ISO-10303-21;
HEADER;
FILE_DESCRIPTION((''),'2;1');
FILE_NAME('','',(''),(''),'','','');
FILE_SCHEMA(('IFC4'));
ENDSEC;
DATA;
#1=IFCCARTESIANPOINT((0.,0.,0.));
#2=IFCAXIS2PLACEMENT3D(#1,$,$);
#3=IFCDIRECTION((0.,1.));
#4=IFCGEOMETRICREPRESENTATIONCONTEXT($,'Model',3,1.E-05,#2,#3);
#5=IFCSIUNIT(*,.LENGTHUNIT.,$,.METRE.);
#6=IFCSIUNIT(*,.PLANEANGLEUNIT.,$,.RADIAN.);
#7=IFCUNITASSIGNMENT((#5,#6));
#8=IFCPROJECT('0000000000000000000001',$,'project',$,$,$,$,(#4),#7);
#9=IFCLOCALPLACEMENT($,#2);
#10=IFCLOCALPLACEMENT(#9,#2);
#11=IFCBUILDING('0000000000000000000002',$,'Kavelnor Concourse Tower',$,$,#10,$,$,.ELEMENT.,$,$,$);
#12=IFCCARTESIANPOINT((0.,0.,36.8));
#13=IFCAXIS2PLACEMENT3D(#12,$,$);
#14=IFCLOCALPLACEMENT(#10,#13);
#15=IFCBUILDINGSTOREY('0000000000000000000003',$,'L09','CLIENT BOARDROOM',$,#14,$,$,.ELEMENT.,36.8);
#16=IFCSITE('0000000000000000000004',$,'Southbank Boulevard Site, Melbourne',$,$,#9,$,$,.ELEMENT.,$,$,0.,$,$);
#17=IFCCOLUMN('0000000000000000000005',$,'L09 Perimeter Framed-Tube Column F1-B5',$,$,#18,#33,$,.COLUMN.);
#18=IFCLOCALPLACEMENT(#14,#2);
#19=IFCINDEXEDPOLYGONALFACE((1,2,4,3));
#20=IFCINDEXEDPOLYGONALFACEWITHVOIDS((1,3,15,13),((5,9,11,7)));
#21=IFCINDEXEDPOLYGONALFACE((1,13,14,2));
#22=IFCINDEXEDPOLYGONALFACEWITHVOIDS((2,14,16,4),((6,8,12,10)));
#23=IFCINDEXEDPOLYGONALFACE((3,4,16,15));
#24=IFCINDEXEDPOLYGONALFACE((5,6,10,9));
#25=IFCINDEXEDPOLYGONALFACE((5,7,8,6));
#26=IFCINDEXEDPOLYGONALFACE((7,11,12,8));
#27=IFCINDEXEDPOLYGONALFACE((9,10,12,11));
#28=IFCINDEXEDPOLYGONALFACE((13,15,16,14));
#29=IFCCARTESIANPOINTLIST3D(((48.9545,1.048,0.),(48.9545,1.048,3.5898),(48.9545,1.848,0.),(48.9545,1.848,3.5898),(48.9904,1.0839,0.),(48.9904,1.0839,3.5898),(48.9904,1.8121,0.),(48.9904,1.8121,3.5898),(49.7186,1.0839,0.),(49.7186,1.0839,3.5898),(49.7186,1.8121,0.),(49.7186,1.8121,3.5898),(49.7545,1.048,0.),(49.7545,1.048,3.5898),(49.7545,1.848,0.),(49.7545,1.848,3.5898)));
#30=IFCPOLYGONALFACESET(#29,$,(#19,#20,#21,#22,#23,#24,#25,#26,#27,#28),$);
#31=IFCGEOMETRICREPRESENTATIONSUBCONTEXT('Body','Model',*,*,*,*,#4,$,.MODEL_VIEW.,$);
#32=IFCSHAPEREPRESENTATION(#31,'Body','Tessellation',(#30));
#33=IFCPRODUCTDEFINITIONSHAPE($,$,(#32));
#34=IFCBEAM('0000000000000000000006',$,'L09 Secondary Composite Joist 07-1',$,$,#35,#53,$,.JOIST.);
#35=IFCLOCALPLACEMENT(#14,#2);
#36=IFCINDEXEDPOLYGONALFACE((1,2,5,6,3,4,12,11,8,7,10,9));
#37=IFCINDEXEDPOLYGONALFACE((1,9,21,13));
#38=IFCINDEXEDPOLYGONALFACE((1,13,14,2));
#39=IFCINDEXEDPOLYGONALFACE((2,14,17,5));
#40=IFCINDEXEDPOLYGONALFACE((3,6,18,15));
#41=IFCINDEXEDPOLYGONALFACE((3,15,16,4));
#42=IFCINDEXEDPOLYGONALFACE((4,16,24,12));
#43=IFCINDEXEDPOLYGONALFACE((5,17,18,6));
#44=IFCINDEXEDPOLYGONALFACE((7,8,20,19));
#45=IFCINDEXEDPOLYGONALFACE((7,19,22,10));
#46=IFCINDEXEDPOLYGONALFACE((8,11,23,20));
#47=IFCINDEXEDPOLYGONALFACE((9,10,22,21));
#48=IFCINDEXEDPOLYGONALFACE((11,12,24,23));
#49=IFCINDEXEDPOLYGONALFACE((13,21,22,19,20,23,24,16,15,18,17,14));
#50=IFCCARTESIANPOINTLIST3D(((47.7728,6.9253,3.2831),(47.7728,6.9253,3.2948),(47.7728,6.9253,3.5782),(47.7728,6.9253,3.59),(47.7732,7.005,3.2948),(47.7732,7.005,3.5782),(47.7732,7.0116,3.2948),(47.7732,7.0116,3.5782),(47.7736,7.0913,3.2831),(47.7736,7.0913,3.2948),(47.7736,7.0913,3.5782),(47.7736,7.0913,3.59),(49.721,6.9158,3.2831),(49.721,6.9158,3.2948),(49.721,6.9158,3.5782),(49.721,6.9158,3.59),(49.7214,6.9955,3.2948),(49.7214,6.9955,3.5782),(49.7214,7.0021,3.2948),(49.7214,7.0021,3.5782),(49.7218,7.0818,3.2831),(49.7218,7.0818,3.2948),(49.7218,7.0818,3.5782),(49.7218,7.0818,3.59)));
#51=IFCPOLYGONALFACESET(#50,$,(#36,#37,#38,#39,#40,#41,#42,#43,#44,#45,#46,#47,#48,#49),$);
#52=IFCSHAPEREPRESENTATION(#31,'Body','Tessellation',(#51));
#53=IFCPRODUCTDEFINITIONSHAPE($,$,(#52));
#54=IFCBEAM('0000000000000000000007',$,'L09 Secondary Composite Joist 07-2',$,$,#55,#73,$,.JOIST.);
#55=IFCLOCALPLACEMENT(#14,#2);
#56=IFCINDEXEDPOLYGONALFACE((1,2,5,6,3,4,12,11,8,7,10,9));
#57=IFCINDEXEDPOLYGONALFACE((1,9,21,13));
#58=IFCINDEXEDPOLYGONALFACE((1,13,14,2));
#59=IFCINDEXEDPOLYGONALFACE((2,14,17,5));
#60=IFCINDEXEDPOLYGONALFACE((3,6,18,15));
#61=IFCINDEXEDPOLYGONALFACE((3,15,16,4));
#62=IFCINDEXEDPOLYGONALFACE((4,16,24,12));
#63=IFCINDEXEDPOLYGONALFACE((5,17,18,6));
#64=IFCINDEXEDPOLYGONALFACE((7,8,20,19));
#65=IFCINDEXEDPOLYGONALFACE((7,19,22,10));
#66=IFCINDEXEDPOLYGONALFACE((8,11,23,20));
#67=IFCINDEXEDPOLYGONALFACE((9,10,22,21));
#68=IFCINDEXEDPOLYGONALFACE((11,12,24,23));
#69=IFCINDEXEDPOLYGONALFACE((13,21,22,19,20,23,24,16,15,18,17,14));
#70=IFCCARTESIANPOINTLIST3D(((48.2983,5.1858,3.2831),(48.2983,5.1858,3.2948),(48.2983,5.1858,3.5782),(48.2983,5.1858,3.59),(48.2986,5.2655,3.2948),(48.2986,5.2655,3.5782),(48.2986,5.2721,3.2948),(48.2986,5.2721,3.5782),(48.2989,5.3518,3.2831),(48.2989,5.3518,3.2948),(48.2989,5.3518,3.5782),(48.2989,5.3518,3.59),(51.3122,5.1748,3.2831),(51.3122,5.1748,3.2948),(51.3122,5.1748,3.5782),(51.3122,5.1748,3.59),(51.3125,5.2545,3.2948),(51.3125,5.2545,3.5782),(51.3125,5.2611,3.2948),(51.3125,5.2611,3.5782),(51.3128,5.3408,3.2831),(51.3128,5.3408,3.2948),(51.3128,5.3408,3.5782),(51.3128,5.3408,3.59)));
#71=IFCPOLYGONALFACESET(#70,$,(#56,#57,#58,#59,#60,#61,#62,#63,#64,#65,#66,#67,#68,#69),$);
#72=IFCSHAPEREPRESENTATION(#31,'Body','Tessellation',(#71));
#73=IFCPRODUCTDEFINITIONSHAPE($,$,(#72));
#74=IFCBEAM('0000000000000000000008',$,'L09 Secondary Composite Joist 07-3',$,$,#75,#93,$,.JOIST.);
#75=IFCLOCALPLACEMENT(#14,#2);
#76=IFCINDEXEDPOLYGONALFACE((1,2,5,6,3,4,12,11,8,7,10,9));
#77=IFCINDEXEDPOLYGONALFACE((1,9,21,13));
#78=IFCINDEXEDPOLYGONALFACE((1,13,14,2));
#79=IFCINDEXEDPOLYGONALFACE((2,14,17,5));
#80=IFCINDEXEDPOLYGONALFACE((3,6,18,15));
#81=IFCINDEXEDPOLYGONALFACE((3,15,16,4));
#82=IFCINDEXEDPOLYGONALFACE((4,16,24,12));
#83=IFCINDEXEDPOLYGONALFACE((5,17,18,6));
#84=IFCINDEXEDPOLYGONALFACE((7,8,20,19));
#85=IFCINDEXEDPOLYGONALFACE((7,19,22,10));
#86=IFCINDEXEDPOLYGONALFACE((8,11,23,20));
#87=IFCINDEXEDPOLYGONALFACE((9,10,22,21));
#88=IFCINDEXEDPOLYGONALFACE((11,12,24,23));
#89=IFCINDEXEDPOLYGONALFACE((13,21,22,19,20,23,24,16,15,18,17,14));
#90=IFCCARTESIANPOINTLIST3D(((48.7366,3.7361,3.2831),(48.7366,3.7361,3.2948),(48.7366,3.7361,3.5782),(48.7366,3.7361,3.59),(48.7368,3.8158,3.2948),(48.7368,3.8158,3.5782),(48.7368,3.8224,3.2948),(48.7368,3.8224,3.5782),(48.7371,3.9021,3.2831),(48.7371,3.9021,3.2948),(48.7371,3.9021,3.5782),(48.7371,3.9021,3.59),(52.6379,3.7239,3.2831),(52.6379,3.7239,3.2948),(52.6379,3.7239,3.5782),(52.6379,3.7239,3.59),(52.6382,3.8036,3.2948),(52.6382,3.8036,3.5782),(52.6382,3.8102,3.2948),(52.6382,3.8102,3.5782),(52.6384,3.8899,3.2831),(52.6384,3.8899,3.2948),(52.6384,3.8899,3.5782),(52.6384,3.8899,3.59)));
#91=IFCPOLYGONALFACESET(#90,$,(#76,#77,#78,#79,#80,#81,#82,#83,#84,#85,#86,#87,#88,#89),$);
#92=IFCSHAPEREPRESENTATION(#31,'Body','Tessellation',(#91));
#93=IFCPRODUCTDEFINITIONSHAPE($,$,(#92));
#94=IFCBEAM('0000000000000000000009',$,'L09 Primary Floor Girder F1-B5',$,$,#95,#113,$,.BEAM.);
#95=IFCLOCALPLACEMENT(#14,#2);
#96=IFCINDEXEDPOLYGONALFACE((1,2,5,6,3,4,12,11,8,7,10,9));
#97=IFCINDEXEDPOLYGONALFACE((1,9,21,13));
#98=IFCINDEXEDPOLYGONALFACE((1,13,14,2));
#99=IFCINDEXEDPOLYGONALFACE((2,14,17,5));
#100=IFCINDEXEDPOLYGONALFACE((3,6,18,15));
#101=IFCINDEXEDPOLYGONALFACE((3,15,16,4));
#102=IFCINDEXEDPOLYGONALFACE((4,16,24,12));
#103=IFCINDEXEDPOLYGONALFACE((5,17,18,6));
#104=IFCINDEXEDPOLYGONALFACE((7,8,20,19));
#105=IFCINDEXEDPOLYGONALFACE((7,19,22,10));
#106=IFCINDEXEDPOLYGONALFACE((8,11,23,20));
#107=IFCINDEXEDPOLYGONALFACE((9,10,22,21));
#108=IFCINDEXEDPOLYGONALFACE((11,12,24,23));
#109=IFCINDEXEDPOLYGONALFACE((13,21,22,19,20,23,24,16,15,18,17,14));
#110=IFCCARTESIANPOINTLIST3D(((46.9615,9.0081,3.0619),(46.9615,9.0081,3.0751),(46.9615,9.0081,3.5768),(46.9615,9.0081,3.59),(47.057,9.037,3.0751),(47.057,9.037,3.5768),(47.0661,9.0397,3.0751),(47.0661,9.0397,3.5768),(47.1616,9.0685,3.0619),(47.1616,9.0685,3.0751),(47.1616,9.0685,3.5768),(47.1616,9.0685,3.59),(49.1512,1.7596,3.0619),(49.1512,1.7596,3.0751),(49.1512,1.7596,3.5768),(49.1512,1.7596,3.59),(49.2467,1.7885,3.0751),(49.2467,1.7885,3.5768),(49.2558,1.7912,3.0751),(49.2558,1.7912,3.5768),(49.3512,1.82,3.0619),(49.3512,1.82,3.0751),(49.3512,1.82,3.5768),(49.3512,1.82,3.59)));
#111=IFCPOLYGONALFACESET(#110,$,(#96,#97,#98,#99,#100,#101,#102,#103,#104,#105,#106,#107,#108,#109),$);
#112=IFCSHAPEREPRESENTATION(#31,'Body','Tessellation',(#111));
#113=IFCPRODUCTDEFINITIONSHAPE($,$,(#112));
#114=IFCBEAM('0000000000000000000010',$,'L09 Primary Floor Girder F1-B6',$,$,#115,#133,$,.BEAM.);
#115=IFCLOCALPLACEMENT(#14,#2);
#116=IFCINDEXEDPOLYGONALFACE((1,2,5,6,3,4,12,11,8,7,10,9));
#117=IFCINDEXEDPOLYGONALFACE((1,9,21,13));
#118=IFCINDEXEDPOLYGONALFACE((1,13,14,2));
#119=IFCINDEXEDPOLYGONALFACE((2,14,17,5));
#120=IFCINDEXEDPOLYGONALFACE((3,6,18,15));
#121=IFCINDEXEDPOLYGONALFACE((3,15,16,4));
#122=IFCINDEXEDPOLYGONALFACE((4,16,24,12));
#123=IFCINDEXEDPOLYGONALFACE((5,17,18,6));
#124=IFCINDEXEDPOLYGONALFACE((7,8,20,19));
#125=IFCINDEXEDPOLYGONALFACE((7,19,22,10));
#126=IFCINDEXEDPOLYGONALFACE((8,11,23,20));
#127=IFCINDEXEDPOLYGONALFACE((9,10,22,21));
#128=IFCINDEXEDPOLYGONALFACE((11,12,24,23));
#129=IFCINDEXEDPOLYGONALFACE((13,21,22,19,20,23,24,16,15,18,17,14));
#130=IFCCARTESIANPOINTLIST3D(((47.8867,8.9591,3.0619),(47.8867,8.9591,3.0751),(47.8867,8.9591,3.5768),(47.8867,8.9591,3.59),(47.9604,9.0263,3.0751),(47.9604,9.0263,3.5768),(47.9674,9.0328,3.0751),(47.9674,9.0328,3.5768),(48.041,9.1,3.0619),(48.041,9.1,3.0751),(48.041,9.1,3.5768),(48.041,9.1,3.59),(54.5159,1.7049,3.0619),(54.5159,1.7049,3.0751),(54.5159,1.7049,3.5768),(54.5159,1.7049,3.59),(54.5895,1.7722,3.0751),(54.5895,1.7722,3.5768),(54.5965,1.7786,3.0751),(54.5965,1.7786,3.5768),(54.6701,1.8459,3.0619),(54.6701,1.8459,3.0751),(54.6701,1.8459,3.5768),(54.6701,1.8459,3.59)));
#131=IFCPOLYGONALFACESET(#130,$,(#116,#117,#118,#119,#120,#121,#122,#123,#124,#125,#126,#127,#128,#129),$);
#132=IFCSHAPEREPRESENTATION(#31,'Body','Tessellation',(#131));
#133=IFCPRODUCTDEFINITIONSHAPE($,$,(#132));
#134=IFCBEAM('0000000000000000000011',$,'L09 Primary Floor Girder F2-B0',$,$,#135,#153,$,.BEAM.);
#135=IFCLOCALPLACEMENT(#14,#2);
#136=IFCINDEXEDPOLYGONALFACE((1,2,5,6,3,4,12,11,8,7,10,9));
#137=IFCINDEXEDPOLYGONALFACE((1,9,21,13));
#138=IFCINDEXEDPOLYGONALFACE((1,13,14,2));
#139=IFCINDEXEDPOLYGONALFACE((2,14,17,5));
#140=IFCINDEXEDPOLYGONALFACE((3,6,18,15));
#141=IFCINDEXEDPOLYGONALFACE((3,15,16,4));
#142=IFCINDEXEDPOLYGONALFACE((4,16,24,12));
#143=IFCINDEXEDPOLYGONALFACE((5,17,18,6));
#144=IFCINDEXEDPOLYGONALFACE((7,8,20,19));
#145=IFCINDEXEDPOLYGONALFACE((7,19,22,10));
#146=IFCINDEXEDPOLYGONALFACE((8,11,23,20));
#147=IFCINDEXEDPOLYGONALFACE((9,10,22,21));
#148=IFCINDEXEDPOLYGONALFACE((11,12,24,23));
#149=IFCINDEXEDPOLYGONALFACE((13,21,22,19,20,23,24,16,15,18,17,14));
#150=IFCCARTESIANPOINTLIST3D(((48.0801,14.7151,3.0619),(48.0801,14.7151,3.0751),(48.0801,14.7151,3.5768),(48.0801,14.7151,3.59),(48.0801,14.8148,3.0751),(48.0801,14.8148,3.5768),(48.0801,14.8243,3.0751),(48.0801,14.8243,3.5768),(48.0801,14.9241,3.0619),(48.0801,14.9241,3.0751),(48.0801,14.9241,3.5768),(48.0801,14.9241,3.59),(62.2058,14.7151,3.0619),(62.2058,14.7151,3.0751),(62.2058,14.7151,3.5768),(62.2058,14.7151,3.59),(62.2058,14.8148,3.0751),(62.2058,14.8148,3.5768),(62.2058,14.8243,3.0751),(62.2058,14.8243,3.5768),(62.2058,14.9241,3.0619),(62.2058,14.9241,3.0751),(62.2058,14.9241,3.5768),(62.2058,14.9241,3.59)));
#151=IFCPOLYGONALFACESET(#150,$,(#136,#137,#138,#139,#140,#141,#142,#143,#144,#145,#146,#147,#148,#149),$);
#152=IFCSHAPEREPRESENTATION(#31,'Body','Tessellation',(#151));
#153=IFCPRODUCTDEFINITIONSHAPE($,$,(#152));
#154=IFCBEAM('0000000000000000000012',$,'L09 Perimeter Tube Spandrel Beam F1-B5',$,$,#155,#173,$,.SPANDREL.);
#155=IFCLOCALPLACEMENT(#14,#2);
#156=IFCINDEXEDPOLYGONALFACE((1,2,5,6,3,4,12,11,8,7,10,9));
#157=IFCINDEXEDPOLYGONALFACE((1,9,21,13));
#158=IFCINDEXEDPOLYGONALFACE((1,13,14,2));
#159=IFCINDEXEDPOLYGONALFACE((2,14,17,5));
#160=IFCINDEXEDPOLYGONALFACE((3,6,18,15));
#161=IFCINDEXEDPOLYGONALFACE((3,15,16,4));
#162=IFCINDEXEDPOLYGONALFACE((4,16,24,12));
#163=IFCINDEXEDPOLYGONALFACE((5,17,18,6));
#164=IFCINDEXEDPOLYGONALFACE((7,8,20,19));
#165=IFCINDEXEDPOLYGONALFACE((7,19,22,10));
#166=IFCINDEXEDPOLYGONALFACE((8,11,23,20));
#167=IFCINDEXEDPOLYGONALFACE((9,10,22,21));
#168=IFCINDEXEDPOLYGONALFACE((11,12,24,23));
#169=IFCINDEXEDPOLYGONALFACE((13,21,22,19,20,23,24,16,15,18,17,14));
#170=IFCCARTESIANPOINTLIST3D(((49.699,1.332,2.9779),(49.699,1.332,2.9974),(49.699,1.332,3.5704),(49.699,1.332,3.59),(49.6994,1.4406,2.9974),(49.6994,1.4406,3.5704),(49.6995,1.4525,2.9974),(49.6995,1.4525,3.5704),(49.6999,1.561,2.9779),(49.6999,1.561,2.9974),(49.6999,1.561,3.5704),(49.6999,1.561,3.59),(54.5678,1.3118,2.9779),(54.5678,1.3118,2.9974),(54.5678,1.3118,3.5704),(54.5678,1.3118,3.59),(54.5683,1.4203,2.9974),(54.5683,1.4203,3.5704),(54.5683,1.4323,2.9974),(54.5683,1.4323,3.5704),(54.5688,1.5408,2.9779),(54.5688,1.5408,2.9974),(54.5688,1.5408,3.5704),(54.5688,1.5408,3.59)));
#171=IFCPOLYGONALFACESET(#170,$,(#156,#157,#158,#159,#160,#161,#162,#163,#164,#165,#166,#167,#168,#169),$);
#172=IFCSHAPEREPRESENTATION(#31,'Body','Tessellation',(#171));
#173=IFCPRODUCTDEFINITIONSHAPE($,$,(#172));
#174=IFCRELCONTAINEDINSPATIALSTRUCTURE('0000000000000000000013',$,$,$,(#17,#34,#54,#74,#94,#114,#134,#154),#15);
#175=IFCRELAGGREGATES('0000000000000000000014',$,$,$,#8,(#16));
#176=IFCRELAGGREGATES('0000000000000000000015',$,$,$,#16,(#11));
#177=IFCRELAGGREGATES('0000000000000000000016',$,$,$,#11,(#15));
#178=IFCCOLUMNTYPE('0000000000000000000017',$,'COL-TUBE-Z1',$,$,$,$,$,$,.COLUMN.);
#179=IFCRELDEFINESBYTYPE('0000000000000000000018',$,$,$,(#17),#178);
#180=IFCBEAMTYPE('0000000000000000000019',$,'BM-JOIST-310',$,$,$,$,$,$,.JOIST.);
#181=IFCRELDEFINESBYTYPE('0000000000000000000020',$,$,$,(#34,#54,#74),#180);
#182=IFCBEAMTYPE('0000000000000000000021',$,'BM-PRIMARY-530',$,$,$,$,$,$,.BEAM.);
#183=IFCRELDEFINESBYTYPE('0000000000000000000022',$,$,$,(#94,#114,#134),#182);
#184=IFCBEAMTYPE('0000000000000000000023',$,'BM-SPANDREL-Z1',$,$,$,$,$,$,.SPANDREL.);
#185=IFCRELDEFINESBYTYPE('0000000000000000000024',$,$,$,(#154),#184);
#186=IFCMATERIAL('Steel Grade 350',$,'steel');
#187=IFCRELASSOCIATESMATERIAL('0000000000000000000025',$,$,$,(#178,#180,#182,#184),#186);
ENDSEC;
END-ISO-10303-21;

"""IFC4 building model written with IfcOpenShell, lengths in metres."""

from ifc_helpers import new_model, si_unit, direction, frame, origin, origin_2d, place, context, subcontext, project, spatial, hollow_rectangle, i_section, extrude, material, material_profile, profile_set, type_object, element, save


model = new_model("IFC4")

# Units and contexts
model_context = context("Model", 3, precision=1e-05, world=origin(), true_north=direction((0.0, 1.0)))
body_context = subcontext(model_context, "Body", "Model", "MODEL_VIEW")
ifc_project = project(units=[si_unit("LENGTHUNIT", "METRE"), si_unit("PLANEANGLEUNIT", "RADIAN")], contexts=[model_context])

# Site, building, storey
site_placement = place(None, origin())
site = spatial("IfcSite", under=ifc_project, at=site_placement, Name="Southbank Boulevard Site, Melbourne", CompositionType="ELEMENT", RefElevation=0.0)
building_placement = place(site_placement, origin())
building = spatial("IfcBuilding", under=site, at=building_placement, Name="Kavelnor Concourse Tower", CompositionType="ELEMENT")
storey_placement = place(building_placement, frame((0.0, 0.0, 36.8)))
storey = spatial("IfcBuildingStorey", under=building, at=storey_placement, Name="L09", Description="CLIENT BOARDROOM", CompositionType="ELEMENT", Elevation=36.8)

# Column
ifc_material_1 = material(Name="Steel Grade 350", Category="steel")
ifc_material_profile_1 = material_profile(ifc_material_1, hollow_rectangle(XDim=0.8, YDim=0.8, WallThickness=0.0359, at=origin_2d()), Name="SHS 800x800x36")
ifc_profile_set_1 = profile_set([ifc_material_profile_1], Name="Steel Grade 350")
column_type = type_object("IfcColumnType", Name="COL-TUBE-Z1", PredefinedType="COLUMN", material=ifc_profile_set_1)
column_placement = place(storey_placement, frame((49.3545, 1.448, 0.0), z_axis=(0.0, 0.0, 1.0), x_axis=(1.0, 0.0, 0.0)))
element("IfcColumn", 1, at=column_placement, inside=storey, type_object=column_type, Name="L09 Perimeter Framed-Tube Column F1-B5", PredefinedType="COLUMN", context=body_context, shape_type="SweptSolid", body=[
    extrude(hollow_rectangle(XDim=0.8, YDim=0.8, WallThickness=0.0359, at=origin_2d()), origin(), (0.0, 0.0, 1.0), 3.5898),
])

# Beams
ifc_material_profile_2 = material_profile(ifc_material_1, i_section(OverallWidth=0.166, OverallDepth=0.3069, WebThickness=0.0066, FlangeThickness=0.0117, at=origin_2d()), Name="310UB46")
ifc_profile_set_2 = profile_set([ifc_material_profile_2], Name="Steel Grade 350")
beam_type_1 = type_object("IfcBeamType", Name="BM-JOIST-310", PredefinedType="JOIST", material=ifc_profile_set_2)
beam_1_placement = place(storey_placement, frame((47.7732, 7.0083, 3.4365), z_axis=(0.999988, -0.004887, 0.0), x_axis=(0.004887, 0.999988, 0.0)))
element("IfcBeam", 2, at=beam_1_placement, inside=storey, type_object=beam_type_1, Name="L09 Secondary Composite Joist 07-1", PredefinedType="JOIST", context=body_context, shape_type="SweptSolid", body=[
    extrude(i_section(OverallWidth=0.166, OverallDepth=0.3069, WebThickness=0.0066, FlangeThickness=0.0117, at=origin_2d()), origin(), (0.0, 0.0, 1.0), 1.9482),
])
beam_2_placement = place(storey_placement, frame((48.2986, 5.2688, 3.4365), z_axis=(0.999993, -0.003645, 0.0), x_axis=(0.003645, 0.999993, 0.0)))
element("IfcBeam", 3, at=beam_2_placement, inside=storey, type_object=beam_type_1, Name="L09 Secondary Composite Joist 07-2", PredefinedType="JOIST", context=body_context, shape_type="SweptSolid", body=[
    extrude(i_section(OverallWidth=0.166, OverallDepth=0.3069, WebThickness=0.0066, FlangeThickness=0.0117, at=origin_2d()), origin(), (0.0, 0.0, 1.0), 3.0139),
])
beam_3_placement = place(storey_placement, frame((48.7368, 3.8191, 3.4365), z_axis=(0.999995, -0.003129, 0.0), x_axis=(0.003129, 0.999995, 0.0)))
element("IfcBeam", 4, at=beam_3_placement, inside=storey, type_object=beam_type_1, Name="L09 Secondary Composite Joist 07-3", PredefinedType="JOIST", context=body_context, shape_type="SweptSolid", body=[
    extrude(i_section(OverallWidth=0.166, OverallDepth=0.3069, WebThickness=0.0066, FlangeThickness=0.0117, at=origin_2d()), origin(), (0.0, 0.0, 1.0), 3.9014),
])
ifc_material_profile_3 = material_profile(ifc_material_1, i_section(OverallWidth=0.209, OverallDepth=0.5281, WebThickness=0.0095, FlangeThickness=0.0132, at=origin_2d()), Name="530UB82")
ifc_profile_set_3 = profile_set([ifc_material_profile_3], Name="Steel Grade 350")
beam_type_2 = type_object("IfcBeamType", Name="BM-PRIMARY-530", PredefinedType="BEAM", material=ifc_profile_set_3)
beam_4_placement = place(storey_placement, frame((47.0615, 9.0383, 3.3259), z_axis=(0.289181, -0.957274, 0.0), x_axis=(0.957274, 0.289181, 0.0)))
element("IfcBeam", 5, at=beam_4_placement, inside=storey, type_object=beam_type_2, Name="L09 Primary Floor Girder F1-B5", PredefinedType="BEAM", context=body_context, shape_type="SweptSolid", body=[
    extrude(i_section(OverallWidth=0.209, OverallDepth=0.5281, WebThickness=0.0095, FlangeThickness=0.0132, at=origin_2d()), origin(), (0.0, 0.0, 1.0), 7.572),
])
beam_5_placement = place(storey_placement, frame((47.9639, 9.0295, 3.3259), z_axis=(0.674591, -0.738192, 0.0), x_axis=(0.738192, 0.674591, 0.0)))
element("IfcBeam", 6, at=beam_5_placement, inside=storey, type_object=beam_type_2, Name="L09 Primary Floor Girder F1-B6", PredefinedType="BEAM", context=body_context, shape_type="SweptSolid", body=[
    extrude(i_section(OverallWidth=0.209, OverallDepth=0.5281, WebThickness=0.0095, FlangeThickness=0.0132, at=origin_2d()), origin(), (0.0, 0.0, 1.0), 9.8269),
])
beam_6_placement = place(storey_placement, frame((48.0801, 14.8196, 3.3259), z_axis=(1.0, 0.0, 0.0), x_axis=(0.0, 1.0, 0.0)))
element("IfcBeam", 7, at=beam_6_placement, inside=storey, type_object=beam_type_2, Name="L09 Primary Floor Girder F2-B0", PredefinedType="BEAM", context=body_context, shape_type="SweptSolid", body=[
    extrude(i_section(OverallWidth=0.209, OverallDepth=0.5281, WebThickness=0.0095, FlangeThickness=0.0132, at=origin_2d()), origin(), (0.0, 0.0, 1.0), 14.1257),
])
ifc_material_profile_4 = material_profile(ifc_material_1, i_section(OverallWidth=0.229, OverallDepth=0.6121, WebThickness=0.012, FlangeThickness=0.0195, at=origin_2d()), Name="610UB125")
ifc_profile_set_4 = profile_set([ifc_material_profile_4], Name="Steel Grade 350")
beam_type_3 = type_object("IfcBeamType", Name="BM-SPANDREL-Z1", PredefinedType="SPANDREL", material=ifc_profile_set_4)
beam_7_placement = place(storey_placement, frame((49.6995, 1.4465, 3.2839), z_axis=(0.999991, -0.004162, 0.0), x_axis=(0.004162, 0.999991, 0.0)))
element("IfcBeam", 8, at=beam_7_placement, inside=storey, type_object=beam_type_3, Name="L09 Perimeter Tube Spandrel Beam F1-B5", PredefinedType="SPANDREL", context=body_context, shape_type="SweptSolid", body=[
    extrude(i_section(OverallWidth=0.229, OverallDepth=0.6121, WebThickness=0.012, FlangeThickness=0.0195, at=origin_2d()), origin(), (0.0, 0.0, 1.0), 4.8689),
])

save(model, "model.ifc")
